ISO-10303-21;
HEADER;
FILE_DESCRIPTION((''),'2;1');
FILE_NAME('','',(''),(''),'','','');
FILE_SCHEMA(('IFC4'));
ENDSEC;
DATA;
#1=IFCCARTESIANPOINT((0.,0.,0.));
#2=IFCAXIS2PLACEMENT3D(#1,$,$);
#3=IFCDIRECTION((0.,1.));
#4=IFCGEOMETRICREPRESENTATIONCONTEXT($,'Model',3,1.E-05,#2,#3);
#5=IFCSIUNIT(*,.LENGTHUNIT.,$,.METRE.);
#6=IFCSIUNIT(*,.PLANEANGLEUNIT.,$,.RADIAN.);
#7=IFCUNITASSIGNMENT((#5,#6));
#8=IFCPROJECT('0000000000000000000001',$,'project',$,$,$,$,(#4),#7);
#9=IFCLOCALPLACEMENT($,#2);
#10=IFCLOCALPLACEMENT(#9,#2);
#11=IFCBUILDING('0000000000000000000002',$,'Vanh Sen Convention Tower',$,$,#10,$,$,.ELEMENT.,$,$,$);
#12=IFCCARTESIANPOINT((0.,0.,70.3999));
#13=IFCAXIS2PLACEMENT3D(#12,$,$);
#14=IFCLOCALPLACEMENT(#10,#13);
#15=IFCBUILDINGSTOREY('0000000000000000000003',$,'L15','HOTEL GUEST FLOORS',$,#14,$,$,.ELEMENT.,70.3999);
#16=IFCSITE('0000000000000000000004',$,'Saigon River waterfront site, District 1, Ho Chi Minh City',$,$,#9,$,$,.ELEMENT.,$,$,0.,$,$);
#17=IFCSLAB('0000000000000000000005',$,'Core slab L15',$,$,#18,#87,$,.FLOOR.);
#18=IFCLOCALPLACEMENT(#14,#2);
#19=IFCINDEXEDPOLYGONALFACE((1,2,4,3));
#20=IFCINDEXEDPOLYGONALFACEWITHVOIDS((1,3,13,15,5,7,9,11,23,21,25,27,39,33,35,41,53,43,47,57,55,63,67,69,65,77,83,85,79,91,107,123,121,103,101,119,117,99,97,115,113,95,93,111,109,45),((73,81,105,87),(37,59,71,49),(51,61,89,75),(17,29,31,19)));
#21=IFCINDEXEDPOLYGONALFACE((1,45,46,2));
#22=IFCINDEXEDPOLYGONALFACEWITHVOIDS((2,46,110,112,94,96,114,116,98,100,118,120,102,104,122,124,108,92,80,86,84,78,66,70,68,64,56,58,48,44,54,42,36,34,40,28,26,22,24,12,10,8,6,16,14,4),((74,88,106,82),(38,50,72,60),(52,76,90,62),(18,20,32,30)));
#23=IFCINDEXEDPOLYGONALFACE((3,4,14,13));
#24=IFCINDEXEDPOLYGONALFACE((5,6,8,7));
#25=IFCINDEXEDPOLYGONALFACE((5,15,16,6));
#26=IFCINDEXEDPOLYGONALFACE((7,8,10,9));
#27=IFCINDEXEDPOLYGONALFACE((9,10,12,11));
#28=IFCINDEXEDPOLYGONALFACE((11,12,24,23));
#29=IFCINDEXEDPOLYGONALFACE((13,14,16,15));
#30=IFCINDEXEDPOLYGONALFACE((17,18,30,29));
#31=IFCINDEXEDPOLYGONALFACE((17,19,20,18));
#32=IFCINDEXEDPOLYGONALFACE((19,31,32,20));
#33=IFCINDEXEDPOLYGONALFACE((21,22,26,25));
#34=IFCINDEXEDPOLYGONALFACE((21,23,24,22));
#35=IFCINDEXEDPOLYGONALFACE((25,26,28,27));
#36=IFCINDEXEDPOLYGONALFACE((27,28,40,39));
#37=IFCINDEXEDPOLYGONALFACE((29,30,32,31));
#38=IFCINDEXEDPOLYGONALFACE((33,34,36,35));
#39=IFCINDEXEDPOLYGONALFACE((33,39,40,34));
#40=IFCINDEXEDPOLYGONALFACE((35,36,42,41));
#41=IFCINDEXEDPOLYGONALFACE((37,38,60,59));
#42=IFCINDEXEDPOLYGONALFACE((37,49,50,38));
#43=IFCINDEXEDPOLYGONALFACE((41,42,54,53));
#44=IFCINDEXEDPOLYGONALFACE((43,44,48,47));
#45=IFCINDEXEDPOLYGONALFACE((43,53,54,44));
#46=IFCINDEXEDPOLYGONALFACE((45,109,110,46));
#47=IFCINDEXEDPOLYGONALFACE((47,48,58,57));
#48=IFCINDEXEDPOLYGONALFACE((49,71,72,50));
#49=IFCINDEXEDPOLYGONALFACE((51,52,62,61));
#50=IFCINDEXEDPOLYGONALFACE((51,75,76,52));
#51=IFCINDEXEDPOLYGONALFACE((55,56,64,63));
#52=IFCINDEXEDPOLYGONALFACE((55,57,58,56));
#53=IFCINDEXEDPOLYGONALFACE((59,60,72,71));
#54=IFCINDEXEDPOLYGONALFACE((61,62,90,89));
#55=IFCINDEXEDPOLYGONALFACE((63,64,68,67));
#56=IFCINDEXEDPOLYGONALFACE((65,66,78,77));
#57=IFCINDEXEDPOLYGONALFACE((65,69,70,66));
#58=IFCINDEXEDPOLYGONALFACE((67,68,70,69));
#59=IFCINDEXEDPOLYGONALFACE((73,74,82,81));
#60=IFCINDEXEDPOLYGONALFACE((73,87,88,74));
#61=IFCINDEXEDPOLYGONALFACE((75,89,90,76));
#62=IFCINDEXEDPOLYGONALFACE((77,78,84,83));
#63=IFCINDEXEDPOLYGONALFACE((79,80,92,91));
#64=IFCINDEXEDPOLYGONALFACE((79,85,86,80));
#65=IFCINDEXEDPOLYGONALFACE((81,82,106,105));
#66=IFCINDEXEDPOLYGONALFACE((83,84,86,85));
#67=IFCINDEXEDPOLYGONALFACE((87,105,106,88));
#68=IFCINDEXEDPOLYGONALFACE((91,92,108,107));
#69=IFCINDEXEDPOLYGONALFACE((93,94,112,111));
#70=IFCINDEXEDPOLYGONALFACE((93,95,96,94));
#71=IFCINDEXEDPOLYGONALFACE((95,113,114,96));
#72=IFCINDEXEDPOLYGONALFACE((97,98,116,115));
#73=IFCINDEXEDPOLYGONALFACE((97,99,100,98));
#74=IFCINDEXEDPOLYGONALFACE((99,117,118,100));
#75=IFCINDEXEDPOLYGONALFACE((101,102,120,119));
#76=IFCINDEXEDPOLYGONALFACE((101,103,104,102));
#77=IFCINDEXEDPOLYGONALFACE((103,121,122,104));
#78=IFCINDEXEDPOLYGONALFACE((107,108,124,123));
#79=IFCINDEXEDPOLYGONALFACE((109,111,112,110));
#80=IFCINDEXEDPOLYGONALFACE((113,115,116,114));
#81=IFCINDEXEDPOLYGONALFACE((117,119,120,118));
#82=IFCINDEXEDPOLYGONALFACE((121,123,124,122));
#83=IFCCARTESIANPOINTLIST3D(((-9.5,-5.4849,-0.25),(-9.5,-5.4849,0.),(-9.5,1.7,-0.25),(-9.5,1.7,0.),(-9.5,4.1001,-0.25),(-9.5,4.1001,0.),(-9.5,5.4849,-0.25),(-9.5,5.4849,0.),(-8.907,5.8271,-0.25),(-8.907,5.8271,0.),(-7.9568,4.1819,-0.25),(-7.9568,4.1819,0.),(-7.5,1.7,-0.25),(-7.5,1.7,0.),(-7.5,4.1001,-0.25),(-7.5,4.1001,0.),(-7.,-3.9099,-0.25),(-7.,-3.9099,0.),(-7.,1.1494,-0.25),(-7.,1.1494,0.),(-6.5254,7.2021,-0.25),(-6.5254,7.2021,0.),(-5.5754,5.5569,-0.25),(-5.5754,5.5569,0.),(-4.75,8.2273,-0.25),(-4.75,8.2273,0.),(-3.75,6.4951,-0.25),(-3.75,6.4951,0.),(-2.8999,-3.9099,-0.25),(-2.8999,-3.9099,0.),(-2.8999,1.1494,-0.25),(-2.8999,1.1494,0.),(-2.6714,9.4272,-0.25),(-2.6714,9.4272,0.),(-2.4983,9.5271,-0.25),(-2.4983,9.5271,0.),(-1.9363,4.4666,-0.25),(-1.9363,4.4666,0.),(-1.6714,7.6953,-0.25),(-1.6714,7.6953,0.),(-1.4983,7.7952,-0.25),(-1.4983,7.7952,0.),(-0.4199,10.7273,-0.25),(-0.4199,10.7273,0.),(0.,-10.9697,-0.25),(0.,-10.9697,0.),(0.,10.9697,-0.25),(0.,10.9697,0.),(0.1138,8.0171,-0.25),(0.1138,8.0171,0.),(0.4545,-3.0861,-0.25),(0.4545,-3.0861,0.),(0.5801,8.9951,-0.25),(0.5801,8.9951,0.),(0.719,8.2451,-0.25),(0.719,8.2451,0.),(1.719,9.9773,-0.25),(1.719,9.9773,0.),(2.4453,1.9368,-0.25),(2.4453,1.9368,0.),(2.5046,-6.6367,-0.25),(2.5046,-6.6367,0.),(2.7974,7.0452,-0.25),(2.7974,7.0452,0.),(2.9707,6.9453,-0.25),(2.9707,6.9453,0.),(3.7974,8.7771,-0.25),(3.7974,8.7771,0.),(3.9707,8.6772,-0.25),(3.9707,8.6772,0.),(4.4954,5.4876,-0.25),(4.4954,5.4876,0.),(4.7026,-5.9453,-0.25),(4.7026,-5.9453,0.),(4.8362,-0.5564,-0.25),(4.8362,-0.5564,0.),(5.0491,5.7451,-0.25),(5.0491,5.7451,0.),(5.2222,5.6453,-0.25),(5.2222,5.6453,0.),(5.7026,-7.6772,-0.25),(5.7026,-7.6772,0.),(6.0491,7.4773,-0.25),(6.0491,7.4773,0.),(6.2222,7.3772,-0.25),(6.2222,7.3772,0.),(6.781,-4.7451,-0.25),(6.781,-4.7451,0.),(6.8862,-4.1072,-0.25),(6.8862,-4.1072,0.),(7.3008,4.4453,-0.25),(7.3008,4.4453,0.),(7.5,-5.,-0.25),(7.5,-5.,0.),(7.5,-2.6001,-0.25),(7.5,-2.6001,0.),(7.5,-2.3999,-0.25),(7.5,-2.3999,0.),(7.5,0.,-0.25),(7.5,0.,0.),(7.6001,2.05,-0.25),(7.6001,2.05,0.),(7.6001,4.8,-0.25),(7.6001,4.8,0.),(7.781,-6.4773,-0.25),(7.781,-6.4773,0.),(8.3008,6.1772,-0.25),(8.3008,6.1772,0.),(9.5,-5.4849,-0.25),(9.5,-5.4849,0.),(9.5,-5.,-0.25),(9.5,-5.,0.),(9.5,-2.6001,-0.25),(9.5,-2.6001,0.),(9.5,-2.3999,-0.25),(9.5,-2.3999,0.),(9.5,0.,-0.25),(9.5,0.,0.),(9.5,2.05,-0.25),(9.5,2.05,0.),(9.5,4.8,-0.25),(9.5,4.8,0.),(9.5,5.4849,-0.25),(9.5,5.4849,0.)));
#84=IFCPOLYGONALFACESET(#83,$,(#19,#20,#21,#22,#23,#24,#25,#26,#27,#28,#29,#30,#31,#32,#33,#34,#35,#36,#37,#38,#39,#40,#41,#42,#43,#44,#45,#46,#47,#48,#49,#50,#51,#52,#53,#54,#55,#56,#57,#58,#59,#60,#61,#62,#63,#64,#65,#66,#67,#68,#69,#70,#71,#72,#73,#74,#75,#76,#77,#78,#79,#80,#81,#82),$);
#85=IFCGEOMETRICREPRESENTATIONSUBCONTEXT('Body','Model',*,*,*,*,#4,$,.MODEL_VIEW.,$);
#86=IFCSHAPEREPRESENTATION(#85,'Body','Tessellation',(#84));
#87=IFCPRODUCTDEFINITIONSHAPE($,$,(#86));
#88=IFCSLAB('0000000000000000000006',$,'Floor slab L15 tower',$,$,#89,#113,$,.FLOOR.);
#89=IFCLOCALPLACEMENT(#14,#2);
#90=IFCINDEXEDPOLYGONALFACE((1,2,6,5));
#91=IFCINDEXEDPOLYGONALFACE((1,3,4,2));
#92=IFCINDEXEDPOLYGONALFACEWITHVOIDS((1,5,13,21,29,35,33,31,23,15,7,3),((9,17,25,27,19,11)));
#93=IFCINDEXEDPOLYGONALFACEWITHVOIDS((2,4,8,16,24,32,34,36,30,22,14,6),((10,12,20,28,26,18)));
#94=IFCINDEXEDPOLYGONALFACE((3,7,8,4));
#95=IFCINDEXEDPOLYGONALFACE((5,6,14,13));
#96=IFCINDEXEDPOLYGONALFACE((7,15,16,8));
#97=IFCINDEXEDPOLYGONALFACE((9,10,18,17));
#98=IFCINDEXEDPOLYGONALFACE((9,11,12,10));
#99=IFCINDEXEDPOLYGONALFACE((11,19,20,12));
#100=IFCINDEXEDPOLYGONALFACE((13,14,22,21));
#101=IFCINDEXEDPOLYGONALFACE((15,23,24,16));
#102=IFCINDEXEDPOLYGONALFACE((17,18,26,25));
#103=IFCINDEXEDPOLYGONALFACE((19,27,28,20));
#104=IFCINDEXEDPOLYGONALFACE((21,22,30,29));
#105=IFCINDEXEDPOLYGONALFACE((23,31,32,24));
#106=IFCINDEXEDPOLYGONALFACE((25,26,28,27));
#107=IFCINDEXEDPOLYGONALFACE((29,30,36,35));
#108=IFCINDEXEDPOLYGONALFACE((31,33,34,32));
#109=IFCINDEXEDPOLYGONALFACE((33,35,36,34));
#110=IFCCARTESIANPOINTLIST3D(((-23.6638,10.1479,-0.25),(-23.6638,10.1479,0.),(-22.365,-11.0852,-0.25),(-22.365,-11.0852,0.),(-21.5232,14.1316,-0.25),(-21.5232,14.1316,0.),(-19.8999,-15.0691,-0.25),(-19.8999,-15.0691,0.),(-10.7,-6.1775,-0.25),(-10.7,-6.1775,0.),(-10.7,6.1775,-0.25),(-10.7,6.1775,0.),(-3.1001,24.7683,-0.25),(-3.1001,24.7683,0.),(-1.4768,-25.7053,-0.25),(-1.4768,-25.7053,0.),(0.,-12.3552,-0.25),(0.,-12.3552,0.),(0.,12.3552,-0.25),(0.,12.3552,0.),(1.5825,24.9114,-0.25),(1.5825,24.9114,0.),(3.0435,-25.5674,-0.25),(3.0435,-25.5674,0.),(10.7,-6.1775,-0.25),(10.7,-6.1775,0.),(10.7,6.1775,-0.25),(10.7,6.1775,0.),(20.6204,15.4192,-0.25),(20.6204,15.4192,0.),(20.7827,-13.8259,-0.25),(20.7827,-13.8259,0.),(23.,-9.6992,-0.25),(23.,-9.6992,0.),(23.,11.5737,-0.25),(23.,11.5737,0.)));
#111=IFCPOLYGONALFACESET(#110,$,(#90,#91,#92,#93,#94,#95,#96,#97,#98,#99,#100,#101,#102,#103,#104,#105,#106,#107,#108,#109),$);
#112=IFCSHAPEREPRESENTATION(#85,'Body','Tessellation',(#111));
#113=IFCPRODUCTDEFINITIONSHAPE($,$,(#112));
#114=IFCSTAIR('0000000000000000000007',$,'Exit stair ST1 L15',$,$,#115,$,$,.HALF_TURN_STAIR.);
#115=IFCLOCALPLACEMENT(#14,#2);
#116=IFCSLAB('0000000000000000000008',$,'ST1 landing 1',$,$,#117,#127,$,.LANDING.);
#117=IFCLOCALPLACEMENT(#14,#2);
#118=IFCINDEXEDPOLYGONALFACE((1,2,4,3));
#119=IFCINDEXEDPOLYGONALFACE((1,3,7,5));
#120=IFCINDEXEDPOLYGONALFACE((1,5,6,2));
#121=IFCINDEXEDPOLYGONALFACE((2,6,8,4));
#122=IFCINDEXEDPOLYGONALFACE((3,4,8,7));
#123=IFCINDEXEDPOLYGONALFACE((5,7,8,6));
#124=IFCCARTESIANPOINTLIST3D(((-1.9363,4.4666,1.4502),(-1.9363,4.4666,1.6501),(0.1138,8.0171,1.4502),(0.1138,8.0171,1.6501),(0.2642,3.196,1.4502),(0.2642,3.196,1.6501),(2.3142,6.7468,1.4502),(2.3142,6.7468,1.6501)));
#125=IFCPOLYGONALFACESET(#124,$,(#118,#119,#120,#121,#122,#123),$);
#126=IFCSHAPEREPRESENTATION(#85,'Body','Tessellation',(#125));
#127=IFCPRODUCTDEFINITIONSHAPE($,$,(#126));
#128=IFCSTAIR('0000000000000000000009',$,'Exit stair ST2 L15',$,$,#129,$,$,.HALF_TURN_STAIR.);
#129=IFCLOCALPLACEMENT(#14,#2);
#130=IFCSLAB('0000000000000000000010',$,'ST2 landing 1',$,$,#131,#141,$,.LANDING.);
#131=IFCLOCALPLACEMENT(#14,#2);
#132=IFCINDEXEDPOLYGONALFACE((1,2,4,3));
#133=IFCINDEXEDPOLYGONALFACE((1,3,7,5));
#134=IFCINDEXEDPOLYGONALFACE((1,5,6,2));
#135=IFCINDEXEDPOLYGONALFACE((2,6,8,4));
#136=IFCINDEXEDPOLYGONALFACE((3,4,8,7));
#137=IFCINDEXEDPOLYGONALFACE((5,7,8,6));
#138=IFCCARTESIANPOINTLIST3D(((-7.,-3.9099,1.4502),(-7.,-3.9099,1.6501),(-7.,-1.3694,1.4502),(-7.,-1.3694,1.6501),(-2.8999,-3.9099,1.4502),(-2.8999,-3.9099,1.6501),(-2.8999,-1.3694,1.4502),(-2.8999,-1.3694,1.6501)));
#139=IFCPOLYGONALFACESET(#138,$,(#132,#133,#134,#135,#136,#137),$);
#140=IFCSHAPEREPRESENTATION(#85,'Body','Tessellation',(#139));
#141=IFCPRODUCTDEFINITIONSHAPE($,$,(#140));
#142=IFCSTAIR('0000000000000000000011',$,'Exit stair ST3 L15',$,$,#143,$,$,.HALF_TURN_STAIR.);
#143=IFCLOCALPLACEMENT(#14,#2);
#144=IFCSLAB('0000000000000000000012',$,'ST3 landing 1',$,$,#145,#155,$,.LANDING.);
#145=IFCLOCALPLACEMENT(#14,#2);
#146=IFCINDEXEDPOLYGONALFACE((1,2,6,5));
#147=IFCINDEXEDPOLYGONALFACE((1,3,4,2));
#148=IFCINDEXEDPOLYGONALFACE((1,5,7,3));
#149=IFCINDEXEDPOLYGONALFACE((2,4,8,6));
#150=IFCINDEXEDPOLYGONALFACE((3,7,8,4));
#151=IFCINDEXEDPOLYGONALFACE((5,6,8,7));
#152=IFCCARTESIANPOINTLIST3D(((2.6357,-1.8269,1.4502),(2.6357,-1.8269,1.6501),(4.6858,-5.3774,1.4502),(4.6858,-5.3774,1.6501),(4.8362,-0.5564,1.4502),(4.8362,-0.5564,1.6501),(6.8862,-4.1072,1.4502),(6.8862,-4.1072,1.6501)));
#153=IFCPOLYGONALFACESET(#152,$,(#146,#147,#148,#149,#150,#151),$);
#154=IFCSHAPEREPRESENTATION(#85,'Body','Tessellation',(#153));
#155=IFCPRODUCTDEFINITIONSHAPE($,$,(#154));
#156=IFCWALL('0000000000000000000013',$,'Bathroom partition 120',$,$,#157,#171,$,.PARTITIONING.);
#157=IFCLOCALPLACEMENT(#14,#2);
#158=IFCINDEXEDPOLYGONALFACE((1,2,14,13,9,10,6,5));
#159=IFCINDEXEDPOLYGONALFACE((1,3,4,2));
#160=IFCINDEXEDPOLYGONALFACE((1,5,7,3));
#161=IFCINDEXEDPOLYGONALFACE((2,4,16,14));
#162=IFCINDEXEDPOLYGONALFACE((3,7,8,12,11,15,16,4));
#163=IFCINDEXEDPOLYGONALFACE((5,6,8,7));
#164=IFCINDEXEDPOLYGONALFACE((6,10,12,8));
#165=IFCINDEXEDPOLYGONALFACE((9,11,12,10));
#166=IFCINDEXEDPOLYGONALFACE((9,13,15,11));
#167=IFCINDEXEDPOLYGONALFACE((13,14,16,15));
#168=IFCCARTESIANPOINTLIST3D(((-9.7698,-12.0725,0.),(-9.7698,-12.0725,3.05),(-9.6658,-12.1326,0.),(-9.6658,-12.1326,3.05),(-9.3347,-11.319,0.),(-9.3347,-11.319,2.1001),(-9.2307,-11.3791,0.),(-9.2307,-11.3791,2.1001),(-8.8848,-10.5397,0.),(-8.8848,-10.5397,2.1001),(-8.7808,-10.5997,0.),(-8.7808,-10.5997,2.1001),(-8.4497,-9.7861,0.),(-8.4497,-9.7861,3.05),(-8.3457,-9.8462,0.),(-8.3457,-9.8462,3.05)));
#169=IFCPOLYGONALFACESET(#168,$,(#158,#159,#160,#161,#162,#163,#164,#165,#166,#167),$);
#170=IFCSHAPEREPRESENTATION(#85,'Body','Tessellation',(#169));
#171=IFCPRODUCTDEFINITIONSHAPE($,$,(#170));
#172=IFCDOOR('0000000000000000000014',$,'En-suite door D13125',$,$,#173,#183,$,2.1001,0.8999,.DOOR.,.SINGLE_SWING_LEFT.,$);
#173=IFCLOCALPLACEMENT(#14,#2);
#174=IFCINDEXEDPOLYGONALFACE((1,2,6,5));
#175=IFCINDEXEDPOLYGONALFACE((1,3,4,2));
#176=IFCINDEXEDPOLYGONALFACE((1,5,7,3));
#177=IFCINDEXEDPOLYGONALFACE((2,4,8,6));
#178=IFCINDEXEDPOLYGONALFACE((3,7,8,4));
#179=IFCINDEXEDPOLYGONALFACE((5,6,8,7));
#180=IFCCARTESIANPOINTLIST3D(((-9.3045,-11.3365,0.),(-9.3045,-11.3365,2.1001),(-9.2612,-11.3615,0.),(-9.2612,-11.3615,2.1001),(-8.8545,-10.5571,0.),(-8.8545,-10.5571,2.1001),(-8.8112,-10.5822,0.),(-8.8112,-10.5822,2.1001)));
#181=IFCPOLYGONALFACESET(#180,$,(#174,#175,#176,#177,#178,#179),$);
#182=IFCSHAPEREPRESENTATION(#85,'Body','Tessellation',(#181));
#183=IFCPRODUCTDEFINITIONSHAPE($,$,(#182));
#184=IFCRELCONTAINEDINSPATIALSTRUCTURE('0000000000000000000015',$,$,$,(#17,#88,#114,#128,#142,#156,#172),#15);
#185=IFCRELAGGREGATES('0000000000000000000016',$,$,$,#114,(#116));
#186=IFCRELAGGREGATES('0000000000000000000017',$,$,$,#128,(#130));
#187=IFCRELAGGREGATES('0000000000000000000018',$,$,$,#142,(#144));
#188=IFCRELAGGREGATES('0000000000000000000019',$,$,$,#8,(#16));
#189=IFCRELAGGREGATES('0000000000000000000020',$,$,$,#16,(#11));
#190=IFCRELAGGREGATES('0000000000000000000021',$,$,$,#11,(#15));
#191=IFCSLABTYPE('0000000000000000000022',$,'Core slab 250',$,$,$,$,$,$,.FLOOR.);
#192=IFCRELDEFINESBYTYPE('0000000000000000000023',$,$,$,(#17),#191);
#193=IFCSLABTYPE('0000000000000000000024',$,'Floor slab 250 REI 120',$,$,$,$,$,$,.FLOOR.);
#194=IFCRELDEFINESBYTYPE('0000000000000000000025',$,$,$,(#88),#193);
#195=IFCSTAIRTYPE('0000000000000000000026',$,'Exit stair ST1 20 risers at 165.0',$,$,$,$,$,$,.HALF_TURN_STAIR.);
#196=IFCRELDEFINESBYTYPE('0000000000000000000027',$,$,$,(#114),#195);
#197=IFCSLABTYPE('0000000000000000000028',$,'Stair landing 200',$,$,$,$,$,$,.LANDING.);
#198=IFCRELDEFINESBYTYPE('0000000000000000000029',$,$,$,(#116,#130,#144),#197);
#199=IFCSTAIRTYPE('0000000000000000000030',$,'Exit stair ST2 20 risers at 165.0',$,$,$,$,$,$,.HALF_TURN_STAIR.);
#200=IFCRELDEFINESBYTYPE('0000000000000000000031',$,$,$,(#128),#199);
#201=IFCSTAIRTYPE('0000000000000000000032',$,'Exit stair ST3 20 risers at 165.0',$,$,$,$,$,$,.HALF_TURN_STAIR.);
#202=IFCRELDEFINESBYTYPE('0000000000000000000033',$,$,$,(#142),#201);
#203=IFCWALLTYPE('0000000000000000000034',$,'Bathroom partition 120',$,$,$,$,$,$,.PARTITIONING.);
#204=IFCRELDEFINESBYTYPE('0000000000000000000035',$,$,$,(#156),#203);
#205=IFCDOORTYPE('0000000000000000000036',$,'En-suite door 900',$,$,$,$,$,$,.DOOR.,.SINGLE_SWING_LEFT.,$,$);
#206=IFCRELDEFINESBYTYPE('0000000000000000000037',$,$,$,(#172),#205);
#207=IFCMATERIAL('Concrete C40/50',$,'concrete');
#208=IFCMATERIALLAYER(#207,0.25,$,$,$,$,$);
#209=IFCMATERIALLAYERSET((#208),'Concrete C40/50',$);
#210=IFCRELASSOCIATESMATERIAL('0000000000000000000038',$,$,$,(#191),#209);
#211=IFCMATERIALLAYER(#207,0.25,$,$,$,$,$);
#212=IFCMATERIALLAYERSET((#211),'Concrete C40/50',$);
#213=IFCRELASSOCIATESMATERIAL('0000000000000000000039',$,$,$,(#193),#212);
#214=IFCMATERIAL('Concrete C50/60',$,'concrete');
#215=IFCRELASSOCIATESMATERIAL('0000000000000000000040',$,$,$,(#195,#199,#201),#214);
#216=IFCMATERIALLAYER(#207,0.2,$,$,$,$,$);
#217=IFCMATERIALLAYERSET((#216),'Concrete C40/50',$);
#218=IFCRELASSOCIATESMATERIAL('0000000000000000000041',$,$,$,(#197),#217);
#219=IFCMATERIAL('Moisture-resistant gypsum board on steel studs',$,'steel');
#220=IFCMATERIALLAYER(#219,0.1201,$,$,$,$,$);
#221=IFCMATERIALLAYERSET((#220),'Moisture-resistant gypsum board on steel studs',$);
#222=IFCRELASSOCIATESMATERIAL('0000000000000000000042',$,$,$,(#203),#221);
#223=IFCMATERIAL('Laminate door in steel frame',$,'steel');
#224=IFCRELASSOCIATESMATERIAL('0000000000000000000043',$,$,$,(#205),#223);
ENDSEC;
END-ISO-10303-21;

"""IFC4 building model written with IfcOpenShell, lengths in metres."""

from ifc_helpers import new_model, si_unit, direction, frame, frame_2d, origin, place, context, subcontext, project, spatial, polyline, rectangle, outline, extrude, material, layer, layer_set, type_object, element, fill, aggregate, save


model = new_model("IFC4")

# Units and contexts
model_context = context("Model", 3, precision=1e-05, world=origin(), true_north=direction((0.0, 1.0)))
body_context = subcontext(model_context, "Body", "Model", "MODEL_VIEW")
ifc_project = project(units=[si_unit("LENGTHUNIT", "METRE"), si_unit("PLANEANGLEUNIT", "RADIAN")], contexts=[model_context])

# Site, building, storey
site_placement = place(None, origin())
site = spatial("IfcSite", under=ifc_project, at=site_placement, Name="Saigon River waterfront site, District 1, Ho Chi Minh City", CompositionType="ELEMENT", RefElevation=0.0)
building_placement = place(site_placement, origin())
building = spatial("IfcBuilding", under=site, at=building_placement, Name="Vanh Sen Convention Tower", CompositionType="ELEMENT")
storey_placement = place(building_placement, frame((0.0, 0.0, 70.3999)))
storey = spatial("IfcBuildingStorey", under=building, at=storey_placement, Name="L15", Description="HOTEL GUEST FLOORS", CompositionType="ELEMENT", Elevation=70.3999)

# Slabs
ifc_material_1 = material(Name="Concrete C40/50", Category="concrete")
ifc_layer_1 = layer(ifc_material_1, 0.25)
ifc_layer_set_1 = layer_set([ifc_layer_1], Name="Concrete C40/50")
slab_type_1 = type_object("IfcSlabType", Name="Core slab 250", PredefinedType="FLOOR", material=ifc_layer_set_1)
slab_1_placement = place(storey_placement, frame((0.0, 0.0, -0.25)))
element("IfcSlab", 1, at=slab_1_placement, inside=storey, type_object=slab_type_1, Name="Core slab L15", PredefinedType="FLOOR", context=body_context, shape_type="SweptSolid", body=[
    extrude(outline(polyline([(9.5, 5.4849), (9.5, 4.8), (7.6001, 4.8), (7.6001, 2.05), (9.5, 2.05), (9.5, 0.0), (7.5, 0.0), (7.5, -2.3999), (9.5, -2.3999), (9.5, -2.6001), (7.5, -2.6001), (7.5, -5.0), (9.5, -5.0), (9.5, -5.4849), (0.0, -10.9697), (-9.5, -5.4849), (-9.5, 1.7), (-7.5, 1.7), (-7.5, 4.1001), (-9.5, 4.1001), (-9.5, 5.4849), (-8.907, 5.8271), (-7.9568, 4.1819), (-5.5754, 5.5569), (-6.5254, 7.2021), (-4.75, 8.2273), (-3.75, 6.4951), (-1.6714, 7.6953), (-2.6714, 9.4272), (-2.4983, 9.5271), (-1.4983, 7.7952), (0.5801, 8.9951), (-0.4199, 10.7273), (0.0, 10.9697), (1.719, 9.9773), (0.719, 8.2451), (2.7974, 7.0452), (3.7974, 8.7771), (3.9707, 8.6772), (2.9707, 6.9453), (5.0491, 5.7451), (6.0491, 7.4773), (6.2222, 7.3772), (5.2222, 5.6453), (7.3008, 4.4453), (8.3008, 6.1772), (9.5, 5.4849)]), holes=[polyline([(-7.0, 3.1499), (-7.0, -3.9099), (-2.8999, -3.9099), (-2.8999, 3.1499), (-2.8999, 1.1494), (-7.0, 1.1494), (-7.0, 3.1499)]), polyline([(4.4954, 5.4875), (6.228, 4.4873), (0.1138, 8.0171), (-1.9363, 4.4666), (2.4453, 1.9368), (4.4954, 5.4875)]), polyline([(7.781, -6.4773), (6.781, -4.7451), (4.7026, -5.9453), (5.7026, -7.6772), (7.781, -6.4773)]), polyline([(0.4546, -3.0862), (2.5046, -6.6367), (6.8862, -4.1072), (4.8362, -0.5564), (-1.2781, -4.0864), (0.4546, -3.0862)])]), origin(), (0.0, 0.0, 1.0), 0.25),
])
ifc_layer_2 = layer(ifc_material_1, 0.25)
ifc_layer_set_2 = layer_set([ifc_layer_2], Name="Concrete C40/50")
slab_type_2 = type_object("IfcSlabType", Name="Floor slab 250 REI 120", PredefinedType="FLOOR", material=ifc_layer_set_2)
slab_2_placement = place(storey_placement, frame((0.0, 0.0, -0.25)))
element("IfcSlab", 2, at=slab_2_placement, inside=storey, type_object=slab_type_2, Name="Floor slab L15 tower", PredefinedType="FLOOR", context=body_context, shape_type="SweptSolid", body=[
    extrude(outline(polyline([(23.0, -9.6992), (23.0, 11.5737), (20.6204, 15.4192), (1.5825, 24.9114), (-3.1001, 24.7683), (-21.5232, 14.1316), (-23.6638, 10.1479), (-22.365, -11.0852), (-19.8999, -15.0691), (-1.4768, -25.7053), (3.0435, -25.5674), (20.7827, -13.8259), (23.0, -9.6992)]), holes=[polyline([(0.0, 12.3552), (-10.7, 6.1775), (-10.7, -6.1775), (0.0, -12.3552), (10.7, -6.1775), (10.7, 6.1775), (0.0, 12.3552)])]), origin(), (0.0, 0.0, 1.0), 0.25),
])

# Stairs, slabs
ifc_material_2 = material(Name="Concrete C50/60", Category="concrete")
stair_type_1 = type_object("IfcStairType", Name="Exit stair ST1 20 risers at 165.0", PredefinedType="HALF_TURN_STAIR", material=ifc_material_2)
stair_1_placement = place(storey_placement, origin())
stair_1 = element("IfcStair", 3, at=stair_1_placement, inside=storey, type_object=stair_type_1, Name="Exit stair ST1 L15", PredefinedType="HALF_TURN_STAIR")
ifc_layer_3 = layer(ifc_material_1, 0.2)
ifc_layer_set_3 = layer_set([ifc_layer_3], Name="Concrete C40/50")
slab_type_3 = type_object("IfcSlabType", Name="Stair landing 200", PredefinedType="LANDING", material=ifc_layer_set_3)
slab_3_placement = place(storey_placement, frame((0.0, 0.0, 1.4502)))
slab_3 = element("IfcSlab", 4, at=slab_3_placement, type_object=slab_type_3, Name="ST1 landing 1", PredefinedType="LANDING", context=body_context, shape_type="SweptSolid", body=[
    extrude(outline(polyline([(2.3142, 6.7468), (0.1138, 8.0171), (-1.9363, 4.4666), (0.2642, 3.196), (2.3142, 6.7468)])), origin(), (0.0, 0.0, 1.0), 0.2),
])
aggregate(stair_1, [slab_3])
stair_type_2 = type_object("IfcStairType", Name="Exit stair ST2 20 risers at 165.0", PredefinedType="HALF_TURN_STAIR", material=ifc_material_2)
stair_2_placement = place(storey_placement, origin())
stair_2 = element("IfcStair", 5, at=stair_2_placement, inside=storey, type_object=stair_type_2, Name="Exit stair ST2 L15", PredefinedType="HALF_TURN_STAIR")
slab_4_placement = place(storey_placement, frame((0.0, 0.0, 1.4502)))
slab_4 = element("IfcSlab", 6, at=slab_4_placement, type_object=slab_type_3, Name="ST2 landing 1", PredefinedType="LANDING", context=body_context, shape_type="SweptSolid", body=[
    extrude(outline(polyline([(-7.0, -1.3694), (-7.0, -3.9099), (-2.8999, -3.9099), (-2.8999, -1.3694), (-7.0, -1.3694)])), origin(), (0.0, 0.0, 1.0), 0.2),
])
aggregate(stair_2, [slab_4])
stair_type_3 = type_object("IfcStairType", Name="Exit stair ST3 20 risers at 165.0", PredefinedType="HALF_TURN_STAIR", material=ifc_material_2)
stair_3_placement = place(storey_placement, origin())
stair_3 = element("IfcStair", 7, at=stair_3_placement, inside=storey, type_object=stair_type_3, Name="Exit stair ST3 L15", PredefinedType="HALF_TURN_STAIR")
slab_5_placement = place(storey_placement, frame((0.0, 0.0, 1.4502)))
slab_5 = element("IfcSlab", 8, at=slab_5_placement, type_object=slab_type_3, Name="ST3 landing 1", PredefinedType="LANDING", context=body_context, shape_type="SweptSolid", body=[
    extrude(outline(polyline([(4.6858, -5.3774), (6.8862, -4.1072), (4.8362, -0.5564), (2.6357, -1.8269), (4.6858, -5.3774)])), origin(), (0.0, 0.0, 1.0), 0.2),
])
aggregate(stair_3, [slab_5])

# Wall, opening, door
ifc_material_3 = material(Name="Moisture-resistant gypsum board on steel studs", Category="steel")
ifc_layer_4 = layer(ifc_material_3, 0.1201)
ifc_layer_set_4 = layer_set([ifc_layer_4], Name="Moisture-resistant gypsum board on steel studs")
wall_type_1 = type_object("IfcWallType", Name="Bathroom partition 120", PredefinedType="PARTITIONING", material=ifc_layer_set_4)
wall_1_placement = place(storey_placement, frame((-8.3977, -9.8162, 0.0), z_axis=(0.0, 0.0, 1.0), x_axis=(-0.500008, -0.866021, 0.0)))
wall_1 = element("IfcWall", 9, at=wall_1_placement, inside=storey, type_object=wall_type_1, Name="Bathroom partition 120", PredefinedType="PARTITIONING", context=body_context, shape_type="SweptSolid", body=[
    extrude(rectangle(XDim=2.6401, YDim=0.1201, at=frame_2d((1.3201, 0.0))), origin(), (0.0, 0.0, 1.0), 3.05),
])
opening_1_placement = place(wall_1_placement, frame((0.8701, 0.0, 0.0)))
opening_1 = element("IfcOpeningElement", 10, at=opening_1_placement, cuts=wall_1, PredefinedType="OPENING", context=body_context, shape_type="SweptSolid", body=[
    extrude(rectangle(XDim=0.8999, YDim=2.1001, at=frame_2d((0.45, 1.05))), frame((0.0, 0.0701, 0.0), z_axis=(0.0, -1.0, 0.0), x_axis=(1.0, 0.0, 0.0)), (0.0, 0.0, 1.0), 0.1401),
])
ifc_material_4 = material(Name="Laminate door in steel frame", Category="steel")
door_type_1 = type_object("IfcDoorType", Name="En-suite door 900", OperationType="SINGLE_SWING_LEFT", PredefinedType="DOOR", material=ifc_material_4)
door_1_placement = place(opening_1_placement, origin())
door_1 = element("IfcDoor", 11, at=door_1_placement, inside=storey, type_object=door_type_1, Name="En-suite door D13125", OperationType="SINGLE_SWING_LEFT", OverallHeight=2.1001, OverallWidth=0.8999, PredefinedType="DOOR", context=body_context, shape_type="SweptSolid", body=[
    extrude(rectangle(XDim=0.8999, YDim=2.1001, at=frame_2d((0.45, 1.05))), frame((0.0, 0.0249, 0.0), z_axis=(0.0, -1.0, 0.0), x_axis=(1.0, 0.0, 0.0)), (0.0, 0.0, 1.0), 0.05),
])
fill(opening_1, door_1)

save(model, "model.ifc")
